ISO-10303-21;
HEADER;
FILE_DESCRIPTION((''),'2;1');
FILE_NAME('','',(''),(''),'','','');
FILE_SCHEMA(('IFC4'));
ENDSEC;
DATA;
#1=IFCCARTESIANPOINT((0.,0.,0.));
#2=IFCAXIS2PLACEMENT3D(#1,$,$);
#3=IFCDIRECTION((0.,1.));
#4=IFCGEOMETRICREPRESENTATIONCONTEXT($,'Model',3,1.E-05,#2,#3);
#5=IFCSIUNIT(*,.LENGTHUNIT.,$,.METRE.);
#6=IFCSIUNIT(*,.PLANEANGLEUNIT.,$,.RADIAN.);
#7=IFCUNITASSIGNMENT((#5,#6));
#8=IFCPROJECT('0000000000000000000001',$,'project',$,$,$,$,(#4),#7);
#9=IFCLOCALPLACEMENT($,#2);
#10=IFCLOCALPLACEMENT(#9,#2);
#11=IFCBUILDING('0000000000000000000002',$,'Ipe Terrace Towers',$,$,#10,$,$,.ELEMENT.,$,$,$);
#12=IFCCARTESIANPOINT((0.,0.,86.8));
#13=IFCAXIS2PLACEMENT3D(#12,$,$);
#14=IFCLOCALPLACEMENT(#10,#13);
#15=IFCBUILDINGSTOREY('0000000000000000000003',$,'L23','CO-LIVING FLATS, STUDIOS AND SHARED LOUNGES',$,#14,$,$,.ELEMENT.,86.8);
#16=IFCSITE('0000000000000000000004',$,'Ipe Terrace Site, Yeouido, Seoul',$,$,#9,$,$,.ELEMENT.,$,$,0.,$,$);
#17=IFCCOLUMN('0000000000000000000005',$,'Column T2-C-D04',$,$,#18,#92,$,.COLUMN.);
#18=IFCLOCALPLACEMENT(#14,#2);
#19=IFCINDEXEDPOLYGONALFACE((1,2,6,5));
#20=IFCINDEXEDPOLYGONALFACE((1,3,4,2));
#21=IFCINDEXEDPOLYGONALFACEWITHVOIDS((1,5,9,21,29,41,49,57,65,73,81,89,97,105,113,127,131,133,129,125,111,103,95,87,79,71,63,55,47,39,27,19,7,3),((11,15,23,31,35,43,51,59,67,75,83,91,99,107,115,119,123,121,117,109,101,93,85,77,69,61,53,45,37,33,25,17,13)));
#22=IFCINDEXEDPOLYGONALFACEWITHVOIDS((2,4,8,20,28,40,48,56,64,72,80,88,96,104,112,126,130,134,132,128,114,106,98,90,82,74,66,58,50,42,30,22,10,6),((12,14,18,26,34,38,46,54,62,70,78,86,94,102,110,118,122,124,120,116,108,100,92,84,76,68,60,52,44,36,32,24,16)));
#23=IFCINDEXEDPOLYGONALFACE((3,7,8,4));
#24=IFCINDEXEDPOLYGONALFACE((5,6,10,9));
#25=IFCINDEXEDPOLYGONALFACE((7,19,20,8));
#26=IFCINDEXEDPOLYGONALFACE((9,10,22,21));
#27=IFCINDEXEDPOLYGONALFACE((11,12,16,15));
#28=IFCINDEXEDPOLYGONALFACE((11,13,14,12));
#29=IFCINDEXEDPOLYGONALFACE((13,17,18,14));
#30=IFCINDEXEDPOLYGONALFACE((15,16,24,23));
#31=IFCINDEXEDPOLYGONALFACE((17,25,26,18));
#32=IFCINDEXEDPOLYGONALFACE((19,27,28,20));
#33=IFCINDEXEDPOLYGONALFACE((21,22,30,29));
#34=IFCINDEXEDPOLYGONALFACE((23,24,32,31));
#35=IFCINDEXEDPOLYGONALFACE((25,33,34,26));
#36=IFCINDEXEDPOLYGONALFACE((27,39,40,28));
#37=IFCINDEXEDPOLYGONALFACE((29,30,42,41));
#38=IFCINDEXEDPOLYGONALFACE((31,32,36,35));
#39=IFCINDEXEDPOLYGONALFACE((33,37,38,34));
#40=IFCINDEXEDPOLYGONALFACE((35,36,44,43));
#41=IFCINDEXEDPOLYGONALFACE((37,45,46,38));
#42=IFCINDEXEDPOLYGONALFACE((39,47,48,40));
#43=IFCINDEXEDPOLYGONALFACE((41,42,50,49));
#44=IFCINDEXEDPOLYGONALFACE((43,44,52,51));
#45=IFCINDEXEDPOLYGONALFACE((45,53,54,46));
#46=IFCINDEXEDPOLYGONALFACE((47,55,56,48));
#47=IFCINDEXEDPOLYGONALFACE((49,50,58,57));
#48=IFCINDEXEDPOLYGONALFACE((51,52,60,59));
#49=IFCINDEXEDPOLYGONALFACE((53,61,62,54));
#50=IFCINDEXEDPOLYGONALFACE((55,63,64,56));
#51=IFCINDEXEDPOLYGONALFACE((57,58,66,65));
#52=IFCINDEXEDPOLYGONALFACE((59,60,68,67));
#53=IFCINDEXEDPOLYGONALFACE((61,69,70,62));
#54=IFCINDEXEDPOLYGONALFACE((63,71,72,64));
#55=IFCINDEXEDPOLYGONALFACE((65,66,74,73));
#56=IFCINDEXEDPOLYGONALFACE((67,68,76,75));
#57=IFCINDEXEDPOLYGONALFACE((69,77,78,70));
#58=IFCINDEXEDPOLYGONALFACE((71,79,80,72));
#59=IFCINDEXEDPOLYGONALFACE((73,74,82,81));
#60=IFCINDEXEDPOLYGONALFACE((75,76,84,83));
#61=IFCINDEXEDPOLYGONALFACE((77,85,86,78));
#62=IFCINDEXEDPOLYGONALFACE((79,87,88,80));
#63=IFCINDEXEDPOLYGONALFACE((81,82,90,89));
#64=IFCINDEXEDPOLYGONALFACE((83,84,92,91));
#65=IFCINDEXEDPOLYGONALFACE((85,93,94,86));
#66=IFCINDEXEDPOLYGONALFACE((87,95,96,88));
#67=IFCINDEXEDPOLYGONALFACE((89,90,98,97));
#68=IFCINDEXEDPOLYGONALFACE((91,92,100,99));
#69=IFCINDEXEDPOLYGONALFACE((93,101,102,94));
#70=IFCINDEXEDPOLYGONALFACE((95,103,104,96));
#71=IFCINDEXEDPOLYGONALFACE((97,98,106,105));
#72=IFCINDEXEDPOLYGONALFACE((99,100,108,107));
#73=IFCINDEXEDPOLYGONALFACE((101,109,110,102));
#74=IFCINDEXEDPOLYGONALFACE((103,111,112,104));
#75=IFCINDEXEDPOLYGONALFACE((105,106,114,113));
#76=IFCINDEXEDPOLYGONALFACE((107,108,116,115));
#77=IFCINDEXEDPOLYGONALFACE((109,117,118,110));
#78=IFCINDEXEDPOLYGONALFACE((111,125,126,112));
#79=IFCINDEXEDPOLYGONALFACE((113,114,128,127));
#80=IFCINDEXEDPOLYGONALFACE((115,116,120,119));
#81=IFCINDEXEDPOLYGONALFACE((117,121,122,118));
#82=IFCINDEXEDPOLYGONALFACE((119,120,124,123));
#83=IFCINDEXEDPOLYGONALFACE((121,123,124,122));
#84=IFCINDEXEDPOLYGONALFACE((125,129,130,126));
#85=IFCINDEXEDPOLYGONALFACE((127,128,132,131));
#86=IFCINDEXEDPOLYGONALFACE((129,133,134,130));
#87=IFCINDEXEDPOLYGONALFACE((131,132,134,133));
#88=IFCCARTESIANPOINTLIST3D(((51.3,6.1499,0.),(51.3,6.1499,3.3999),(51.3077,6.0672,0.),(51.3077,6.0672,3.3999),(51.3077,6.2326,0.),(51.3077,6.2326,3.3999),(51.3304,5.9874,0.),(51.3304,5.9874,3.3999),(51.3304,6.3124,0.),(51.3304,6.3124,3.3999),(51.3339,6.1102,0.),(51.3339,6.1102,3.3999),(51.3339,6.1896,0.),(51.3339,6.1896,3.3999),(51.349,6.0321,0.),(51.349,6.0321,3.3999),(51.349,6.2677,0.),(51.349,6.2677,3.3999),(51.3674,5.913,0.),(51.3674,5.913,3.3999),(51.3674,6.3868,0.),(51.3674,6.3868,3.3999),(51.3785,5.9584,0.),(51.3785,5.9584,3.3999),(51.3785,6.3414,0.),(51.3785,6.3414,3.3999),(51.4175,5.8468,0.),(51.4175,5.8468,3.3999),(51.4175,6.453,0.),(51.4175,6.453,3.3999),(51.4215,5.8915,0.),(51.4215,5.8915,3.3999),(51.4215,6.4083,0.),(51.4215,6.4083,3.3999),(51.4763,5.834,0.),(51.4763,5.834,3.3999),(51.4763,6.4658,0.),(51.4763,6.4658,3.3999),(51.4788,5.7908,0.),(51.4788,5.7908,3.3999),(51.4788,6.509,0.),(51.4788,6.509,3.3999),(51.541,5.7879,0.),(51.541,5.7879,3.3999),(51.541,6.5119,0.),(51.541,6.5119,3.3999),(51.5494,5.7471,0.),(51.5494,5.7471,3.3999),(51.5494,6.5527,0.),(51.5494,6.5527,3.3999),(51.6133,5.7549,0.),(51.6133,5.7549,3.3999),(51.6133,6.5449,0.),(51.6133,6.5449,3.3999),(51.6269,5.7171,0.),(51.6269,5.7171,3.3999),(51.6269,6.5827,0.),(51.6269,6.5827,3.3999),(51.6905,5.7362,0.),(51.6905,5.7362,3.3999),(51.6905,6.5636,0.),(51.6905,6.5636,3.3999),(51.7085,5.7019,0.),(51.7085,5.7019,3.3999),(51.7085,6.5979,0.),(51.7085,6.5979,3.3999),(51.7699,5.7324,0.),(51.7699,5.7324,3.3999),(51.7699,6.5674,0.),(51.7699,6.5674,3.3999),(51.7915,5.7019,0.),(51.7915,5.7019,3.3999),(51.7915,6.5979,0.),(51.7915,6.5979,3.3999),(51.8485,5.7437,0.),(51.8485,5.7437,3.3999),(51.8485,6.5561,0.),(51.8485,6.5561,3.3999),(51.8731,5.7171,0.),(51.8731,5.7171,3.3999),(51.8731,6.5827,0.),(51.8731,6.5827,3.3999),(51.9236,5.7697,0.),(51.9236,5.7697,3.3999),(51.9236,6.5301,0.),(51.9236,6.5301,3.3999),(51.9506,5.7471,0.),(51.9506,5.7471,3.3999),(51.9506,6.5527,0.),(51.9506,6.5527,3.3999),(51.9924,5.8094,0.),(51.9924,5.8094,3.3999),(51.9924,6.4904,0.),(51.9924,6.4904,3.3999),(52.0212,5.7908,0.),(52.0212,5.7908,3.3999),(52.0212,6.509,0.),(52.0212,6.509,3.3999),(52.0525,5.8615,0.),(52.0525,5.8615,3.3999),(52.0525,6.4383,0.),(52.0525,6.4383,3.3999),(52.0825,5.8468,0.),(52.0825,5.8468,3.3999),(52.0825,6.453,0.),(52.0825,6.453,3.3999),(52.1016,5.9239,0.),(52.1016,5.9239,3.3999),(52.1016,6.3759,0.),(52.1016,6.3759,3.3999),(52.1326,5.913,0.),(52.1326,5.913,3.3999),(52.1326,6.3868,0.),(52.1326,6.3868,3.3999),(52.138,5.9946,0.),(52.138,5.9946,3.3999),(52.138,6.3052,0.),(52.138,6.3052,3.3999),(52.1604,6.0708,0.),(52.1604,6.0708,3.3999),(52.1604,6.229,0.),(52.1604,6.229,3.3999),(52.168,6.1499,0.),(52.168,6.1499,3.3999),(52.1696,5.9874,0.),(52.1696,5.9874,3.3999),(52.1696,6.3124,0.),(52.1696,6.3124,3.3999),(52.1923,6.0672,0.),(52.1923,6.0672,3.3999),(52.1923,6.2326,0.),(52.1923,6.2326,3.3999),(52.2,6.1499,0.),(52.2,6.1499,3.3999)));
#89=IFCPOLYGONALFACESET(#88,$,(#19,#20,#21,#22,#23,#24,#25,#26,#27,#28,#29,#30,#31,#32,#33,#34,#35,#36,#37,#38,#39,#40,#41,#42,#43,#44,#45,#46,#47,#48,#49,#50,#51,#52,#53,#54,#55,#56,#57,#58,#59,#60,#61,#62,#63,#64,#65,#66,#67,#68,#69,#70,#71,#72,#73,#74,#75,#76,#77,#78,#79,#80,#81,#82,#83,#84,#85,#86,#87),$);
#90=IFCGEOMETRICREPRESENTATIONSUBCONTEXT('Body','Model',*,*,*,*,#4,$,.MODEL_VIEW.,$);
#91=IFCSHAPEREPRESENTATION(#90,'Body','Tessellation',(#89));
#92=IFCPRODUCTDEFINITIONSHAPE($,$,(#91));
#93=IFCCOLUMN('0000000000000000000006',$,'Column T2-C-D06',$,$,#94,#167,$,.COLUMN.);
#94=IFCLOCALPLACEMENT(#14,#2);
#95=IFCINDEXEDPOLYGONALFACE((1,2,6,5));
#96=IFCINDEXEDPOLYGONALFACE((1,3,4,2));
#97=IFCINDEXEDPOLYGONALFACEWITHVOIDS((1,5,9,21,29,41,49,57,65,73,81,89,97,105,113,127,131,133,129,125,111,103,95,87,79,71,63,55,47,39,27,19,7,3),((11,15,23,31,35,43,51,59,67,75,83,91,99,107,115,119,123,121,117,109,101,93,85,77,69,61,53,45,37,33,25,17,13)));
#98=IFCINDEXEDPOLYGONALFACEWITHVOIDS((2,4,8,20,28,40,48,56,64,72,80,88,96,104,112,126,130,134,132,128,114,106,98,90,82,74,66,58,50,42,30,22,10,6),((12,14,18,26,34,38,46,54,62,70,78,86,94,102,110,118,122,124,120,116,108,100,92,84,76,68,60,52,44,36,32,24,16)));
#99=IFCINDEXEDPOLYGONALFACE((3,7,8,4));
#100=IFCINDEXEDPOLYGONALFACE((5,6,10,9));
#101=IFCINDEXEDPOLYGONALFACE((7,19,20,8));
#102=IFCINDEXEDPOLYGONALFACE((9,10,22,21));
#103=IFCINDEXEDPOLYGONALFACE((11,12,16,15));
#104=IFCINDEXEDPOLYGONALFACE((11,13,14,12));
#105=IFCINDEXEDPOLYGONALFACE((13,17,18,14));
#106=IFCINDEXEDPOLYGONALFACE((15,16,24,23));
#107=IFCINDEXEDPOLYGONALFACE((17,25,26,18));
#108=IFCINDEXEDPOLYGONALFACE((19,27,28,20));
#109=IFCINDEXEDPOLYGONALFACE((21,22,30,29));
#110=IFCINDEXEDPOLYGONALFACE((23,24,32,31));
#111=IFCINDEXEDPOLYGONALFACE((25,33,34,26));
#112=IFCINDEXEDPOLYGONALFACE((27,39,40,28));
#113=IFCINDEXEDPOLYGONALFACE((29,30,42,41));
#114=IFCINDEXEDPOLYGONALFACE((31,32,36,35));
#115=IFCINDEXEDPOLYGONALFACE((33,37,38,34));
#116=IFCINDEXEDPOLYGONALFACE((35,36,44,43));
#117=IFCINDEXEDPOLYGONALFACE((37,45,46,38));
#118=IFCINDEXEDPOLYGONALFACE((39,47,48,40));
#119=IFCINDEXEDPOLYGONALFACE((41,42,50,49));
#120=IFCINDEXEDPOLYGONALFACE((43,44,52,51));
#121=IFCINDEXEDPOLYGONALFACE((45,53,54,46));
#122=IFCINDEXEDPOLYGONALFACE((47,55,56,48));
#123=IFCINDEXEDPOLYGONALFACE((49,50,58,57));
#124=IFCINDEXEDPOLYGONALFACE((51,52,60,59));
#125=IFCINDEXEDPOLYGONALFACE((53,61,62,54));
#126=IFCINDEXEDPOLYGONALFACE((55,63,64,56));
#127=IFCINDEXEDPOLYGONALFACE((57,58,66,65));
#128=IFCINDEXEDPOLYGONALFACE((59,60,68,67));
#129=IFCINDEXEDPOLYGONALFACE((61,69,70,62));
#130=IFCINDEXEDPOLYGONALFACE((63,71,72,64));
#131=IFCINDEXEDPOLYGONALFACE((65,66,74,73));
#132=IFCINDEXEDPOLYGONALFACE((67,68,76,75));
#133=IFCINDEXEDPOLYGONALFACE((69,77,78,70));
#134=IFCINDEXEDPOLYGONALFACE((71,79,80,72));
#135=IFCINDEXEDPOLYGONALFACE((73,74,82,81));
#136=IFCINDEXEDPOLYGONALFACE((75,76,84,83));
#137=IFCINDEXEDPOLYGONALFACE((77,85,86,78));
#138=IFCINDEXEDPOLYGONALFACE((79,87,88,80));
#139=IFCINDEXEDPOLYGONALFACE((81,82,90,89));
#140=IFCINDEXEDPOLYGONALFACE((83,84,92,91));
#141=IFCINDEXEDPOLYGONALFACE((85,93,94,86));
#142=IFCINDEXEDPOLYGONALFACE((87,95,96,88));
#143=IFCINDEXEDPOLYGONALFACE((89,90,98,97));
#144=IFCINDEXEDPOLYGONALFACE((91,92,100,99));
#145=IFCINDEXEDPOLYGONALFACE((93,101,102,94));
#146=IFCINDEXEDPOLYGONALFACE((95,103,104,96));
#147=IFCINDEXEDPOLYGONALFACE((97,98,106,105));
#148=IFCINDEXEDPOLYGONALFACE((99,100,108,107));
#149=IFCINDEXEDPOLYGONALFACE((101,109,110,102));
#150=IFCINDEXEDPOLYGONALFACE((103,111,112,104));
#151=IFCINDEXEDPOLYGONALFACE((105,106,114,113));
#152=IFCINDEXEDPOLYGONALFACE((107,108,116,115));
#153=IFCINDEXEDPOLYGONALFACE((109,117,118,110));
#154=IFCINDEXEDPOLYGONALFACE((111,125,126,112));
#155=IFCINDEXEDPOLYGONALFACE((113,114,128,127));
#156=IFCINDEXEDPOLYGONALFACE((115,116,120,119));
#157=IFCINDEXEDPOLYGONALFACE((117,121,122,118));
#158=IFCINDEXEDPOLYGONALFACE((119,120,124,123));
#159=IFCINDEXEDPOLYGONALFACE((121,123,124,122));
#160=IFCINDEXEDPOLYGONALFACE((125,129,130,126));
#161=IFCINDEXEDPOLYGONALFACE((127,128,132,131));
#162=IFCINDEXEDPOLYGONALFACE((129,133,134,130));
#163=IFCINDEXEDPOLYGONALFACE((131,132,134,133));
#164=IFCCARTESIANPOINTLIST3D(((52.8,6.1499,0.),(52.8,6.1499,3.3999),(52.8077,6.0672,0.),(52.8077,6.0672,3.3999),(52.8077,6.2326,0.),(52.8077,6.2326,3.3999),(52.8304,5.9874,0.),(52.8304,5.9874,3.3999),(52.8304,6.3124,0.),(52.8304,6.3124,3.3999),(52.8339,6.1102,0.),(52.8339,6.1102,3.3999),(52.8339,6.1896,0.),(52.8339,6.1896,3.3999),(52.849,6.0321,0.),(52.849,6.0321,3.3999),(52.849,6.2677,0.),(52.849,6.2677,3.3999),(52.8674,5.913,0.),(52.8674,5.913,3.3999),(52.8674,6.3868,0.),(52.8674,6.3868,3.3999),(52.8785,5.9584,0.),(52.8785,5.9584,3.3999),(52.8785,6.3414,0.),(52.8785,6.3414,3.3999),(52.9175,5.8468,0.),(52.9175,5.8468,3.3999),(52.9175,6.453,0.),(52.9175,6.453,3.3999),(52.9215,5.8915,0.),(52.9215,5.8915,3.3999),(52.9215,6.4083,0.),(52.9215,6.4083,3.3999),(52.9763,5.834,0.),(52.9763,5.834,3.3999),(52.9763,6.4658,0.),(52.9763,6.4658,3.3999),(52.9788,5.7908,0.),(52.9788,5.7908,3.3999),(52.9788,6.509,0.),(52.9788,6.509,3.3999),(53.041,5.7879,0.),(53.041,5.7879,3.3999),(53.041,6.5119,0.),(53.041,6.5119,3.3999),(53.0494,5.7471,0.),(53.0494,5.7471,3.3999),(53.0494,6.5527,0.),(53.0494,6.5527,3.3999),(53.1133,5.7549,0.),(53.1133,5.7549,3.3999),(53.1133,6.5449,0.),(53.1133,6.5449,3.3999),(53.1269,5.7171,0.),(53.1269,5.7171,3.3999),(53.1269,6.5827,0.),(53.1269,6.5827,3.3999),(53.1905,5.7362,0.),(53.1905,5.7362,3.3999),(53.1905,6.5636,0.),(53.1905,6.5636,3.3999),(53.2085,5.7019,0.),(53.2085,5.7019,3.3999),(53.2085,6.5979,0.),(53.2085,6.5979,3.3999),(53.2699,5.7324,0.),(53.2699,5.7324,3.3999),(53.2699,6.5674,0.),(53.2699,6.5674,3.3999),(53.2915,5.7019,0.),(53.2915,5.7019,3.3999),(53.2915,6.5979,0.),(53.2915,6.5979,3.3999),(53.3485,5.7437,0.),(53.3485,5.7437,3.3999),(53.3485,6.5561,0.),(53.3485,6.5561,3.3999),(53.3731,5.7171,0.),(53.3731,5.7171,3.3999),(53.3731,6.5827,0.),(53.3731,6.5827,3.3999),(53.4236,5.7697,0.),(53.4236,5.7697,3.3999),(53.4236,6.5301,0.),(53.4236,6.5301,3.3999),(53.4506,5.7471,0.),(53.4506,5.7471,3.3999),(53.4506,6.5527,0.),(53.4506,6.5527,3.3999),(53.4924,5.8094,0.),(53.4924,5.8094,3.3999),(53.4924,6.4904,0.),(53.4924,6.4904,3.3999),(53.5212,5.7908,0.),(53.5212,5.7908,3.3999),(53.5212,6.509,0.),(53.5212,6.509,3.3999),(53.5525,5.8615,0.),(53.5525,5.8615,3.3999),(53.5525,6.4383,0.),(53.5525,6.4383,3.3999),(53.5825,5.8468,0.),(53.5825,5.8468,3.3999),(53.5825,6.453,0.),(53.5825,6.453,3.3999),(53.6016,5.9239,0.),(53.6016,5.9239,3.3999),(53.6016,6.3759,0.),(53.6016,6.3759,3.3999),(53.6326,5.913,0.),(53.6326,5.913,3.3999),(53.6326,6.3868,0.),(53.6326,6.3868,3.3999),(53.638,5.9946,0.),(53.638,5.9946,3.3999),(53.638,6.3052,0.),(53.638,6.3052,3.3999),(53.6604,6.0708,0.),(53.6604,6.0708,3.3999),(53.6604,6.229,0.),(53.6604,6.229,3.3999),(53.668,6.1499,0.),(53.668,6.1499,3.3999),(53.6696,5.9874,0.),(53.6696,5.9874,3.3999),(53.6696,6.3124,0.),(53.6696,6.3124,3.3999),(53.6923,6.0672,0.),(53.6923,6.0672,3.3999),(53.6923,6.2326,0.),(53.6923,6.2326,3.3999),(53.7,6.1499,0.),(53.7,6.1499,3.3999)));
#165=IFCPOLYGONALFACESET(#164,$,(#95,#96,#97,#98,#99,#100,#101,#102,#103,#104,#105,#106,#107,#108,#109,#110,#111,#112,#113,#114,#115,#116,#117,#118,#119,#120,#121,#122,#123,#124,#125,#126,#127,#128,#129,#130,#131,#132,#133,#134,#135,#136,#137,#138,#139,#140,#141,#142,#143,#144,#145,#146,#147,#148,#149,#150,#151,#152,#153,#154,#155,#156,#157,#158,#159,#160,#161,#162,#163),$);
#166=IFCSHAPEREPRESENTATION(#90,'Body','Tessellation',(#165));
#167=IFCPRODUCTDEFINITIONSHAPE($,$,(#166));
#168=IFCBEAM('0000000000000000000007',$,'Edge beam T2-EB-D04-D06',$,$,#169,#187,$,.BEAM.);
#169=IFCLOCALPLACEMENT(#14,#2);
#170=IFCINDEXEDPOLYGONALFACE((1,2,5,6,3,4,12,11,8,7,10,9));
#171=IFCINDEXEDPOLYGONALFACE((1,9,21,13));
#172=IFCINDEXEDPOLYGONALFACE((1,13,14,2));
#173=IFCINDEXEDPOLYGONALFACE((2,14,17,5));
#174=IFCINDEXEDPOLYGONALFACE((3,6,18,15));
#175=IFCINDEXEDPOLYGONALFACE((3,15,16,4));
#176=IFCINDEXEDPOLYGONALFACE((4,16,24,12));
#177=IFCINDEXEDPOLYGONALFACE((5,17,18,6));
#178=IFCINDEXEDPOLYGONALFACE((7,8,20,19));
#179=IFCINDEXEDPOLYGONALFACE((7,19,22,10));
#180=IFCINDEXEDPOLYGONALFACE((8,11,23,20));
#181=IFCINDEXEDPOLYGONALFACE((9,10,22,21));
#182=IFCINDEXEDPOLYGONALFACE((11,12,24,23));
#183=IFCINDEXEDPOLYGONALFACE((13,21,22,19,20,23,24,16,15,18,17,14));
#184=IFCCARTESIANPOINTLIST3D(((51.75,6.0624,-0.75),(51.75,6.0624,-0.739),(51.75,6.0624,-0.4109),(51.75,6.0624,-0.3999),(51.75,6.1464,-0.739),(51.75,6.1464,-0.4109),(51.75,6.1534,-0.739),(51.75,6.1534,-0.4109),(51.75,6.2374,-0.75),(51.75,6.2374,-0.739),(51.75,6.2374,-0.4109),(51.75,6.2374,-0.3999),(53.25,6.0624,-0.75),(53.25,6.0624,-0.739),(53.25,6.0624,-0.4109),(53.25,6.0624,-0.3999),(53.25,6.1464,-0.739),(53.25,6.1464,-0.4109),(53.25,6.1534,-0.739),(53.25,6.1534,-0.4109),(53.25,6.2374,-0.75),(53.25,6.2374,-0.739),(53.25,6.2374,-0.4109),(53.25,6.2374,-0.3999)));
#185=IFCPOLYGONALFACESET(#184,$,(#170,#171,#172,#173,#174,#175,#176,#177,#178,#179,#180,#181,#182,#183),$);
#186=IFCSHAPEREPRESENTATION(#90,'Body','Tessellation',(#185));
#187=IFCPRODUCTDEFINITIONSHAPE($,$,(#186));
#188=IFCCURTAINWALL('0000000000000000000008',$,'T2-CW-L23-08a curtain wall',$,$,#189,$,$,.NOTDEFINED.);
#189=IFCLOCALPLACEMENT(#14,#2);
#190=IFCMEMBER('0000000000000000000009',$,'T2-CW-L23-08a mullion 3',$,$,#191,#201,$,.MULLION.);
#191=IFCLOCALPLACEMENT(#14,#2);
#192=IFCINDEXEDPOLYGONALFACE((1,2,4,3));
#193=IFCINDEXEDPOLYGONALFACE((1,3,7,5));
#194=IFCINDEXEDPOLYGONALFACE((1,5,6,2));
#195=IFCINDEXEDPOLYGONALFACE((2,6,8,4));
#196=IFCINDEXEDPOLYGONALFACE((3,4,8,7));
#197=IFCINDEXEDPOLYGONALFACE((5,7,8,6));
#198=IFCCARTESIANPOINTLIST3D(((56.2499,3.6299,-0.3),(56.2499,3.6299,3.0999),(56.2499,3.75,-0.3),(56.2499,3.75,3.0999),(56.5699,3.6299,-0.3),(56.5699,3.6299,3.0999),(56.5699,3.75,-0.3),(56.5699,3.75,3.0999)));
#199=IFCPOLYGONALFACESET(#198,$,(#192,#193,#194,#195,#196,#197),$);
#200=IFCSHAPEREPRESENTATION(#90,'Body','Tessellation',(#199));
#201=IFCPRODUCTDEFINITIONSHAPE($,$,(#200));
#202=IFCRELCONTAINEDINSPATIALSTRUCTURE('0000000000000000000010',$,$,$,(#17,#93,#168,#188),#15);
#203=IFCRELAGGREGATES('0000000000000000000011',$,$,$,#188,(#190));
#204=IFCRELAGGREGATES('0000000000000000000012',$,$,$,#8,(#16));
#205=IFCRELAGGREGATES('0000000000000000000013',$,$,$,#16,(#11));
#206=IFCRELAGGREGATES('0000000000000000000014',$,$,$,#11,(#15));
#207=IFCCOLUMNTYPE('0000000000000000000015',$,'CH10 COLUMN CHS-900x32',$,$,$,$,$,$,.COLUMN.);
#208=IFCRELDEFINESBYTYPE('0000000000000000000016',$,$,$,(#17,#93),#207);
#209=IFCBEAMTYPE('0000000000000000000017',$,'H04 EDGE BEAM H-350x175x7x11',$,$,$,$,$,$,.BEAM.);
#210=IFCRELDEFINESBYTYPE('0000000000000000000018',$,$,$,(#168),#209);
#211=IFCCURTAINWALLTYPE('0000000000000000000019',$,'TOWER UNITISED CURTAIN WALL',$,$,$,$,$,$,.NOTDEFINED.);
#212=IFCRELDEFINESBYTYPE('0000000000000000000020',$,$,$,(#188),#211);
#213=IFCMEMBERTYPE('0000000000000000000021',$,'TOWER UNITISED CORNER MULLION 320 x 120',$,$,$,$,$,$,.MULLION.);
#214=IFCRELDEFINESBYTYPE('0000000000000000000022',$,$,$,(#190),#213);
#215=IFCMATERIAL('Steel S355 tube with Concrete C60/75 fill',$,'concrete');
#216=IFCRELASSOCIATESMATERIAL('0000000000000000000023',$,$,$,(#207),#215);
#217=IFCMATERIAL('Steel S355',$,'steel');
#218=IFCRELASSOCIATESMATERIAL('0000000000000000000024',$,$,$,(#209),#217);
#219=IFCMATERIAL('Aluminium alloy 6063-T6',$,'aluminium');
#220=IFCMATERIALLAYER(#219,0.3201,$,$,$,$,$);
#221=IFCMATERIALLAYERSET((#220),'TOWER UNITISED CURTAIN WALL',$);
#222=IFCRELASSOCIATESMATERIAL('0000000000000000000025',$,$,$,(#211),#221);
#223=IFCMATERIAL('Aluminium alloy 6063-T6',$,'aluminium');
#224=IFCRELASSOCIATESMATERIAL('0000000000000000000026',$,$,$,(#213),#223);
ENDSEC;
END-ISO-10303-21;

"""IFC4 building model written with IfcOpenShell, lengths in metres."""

from ifc_helpers import new_model, si_unit, direction, frame, origin, origin_2d, place, context, subcontext, project, spatial, rectangle, hollow_circle, i_section, extrude, material, layer, layer_set, material_profile, profile_set, type_object, element, aggregate, save


model = new_model("IFC4")

# Units and contexts
model_context = context("Model", 3, precision=1e-05, world=origin(), true_north=direction((0.0, 1.0)))
body_context = subcontext(model_context, "Body", "Model", "MODEL_VIEW")
ifc_project = project(units=[si_unit("LENGTHUNIT", "METRE"), si_unit("PLANEANGLEUNIT", "RADIAN")], contexts=[model_context])

# Site, building, storey
site_placement = place(None, origin())
site = spatial("IfcSite", under=ifc_project, at=site_placement, Name="Ipe Terrace Site, Yeouido, Seoul", CompositionType="ELEMENT", RefElevation=0.0)
building_placement = place(site_placement, origin())
building = spatial("IfcBuilding", under=site, at=building_placement, Name="Ipe Terrace Towers", CompositionType="ELEMENT")
storey_placement = place(building_placement, frame((0.0, 0.0, 86.8)))
storey = spatial("IfcBuildingStorey", under=building, at=storey_placement, Name="L23", Description="CO-LIVING FLATS, STUDIOS AND SHARED LOUNGES", CompositionType="ELEMENT", Elevation=86.8)

# Columns
ifc_material_1 = material(Name="Steel S355 tube with Concrete C60/75 fill", Category="concrete")
ifc_material_profile_1 = material_profile(ifc_material_1, hollow_circle(Radius=0.45, WallThickness=0.032, at=origin_2d()), Name="CHS-900x32")
ifc_profile_set_1 = profile_set([ifc_material_profile_1], Name="Steel S355 tube with Concrete C60/75 fill")
column_type = type_object("IfcColumnType", Name="CH10 COLUMN CHS-900x32", PredefinedType="COLUMN", material=ifc_profile_set_1)
for number, where, z_axis, x_axis, name in (
    (1, (51.75, 6.1499, 0.0), (0.0, 0.0, 1.0), (1.0, 0.0, 0.0), "Column T2-C-D04"),
    (2, (53.25, 6.1499, 0.0), (0.0, 0.0, 1.0), (1.0, 0.0, 0.0), "Column T2-C-D06"),
):
    element("IfcColumn", number, at=place(storey_placement, frame(where, z_axis=z_axis, x_axis=x_axis)), inside=storey, type_object=column_type, Name=name, PredefinedType="COLUMN", context=body_context, shape_type="SweptSolid", body=[
        extrude(hollow_circle(Radius=0.45, WallThickness=0.032, at=origin_2d()), origin(), (0.0, 0.0, 1.0), 3.3999),
    ])

# Beam
ifc_material_2 = material(Name="Steel S355", Category="steel")
ifc_material_profile_2 = material_profile(ifc_material_2, i_section(OverallWidth=0.175, OverallDepth=0.3501, WebThickness=0.0071, FlangeThickness=0.011, at=origin_2d()), Name="H-350x175x7x11")
ifc_profile_set_2 = profile_set([ifc_material_profile_2], Name="Steel S355")
beam_type = type_object("IfcBeamType", Name="H04 EDGE BEAM H-350x175x7x11", PredefinedType="BEAM", material=ifc_profile_set_2)
beam_placement = place(storey_placement, frame((51.75, 6.1499, -0.575), z_axis=(1.0, 0.0, 0.0), x_axis=(0.0, 1.0, 0.0)))
element("IfcBeam", 3, at=beam_placement, inside=storey, type_object=beam_type, Name="Edge beam T2-EB-D04-D06", PredefinedType="BEAM", context=body_context, shape_type="SweptSolid", body=[
    extrude(i_section(OverallWidth=0.175, OverallDepth=0.3501, WebThickness=0.0071, FlangeThickness=0.011, at=origin_2d()), origin(), (0.0, 0.0, 1.0), 1.5),
])

# Curtain wall, member
ifc_material_3 = material(Name="Aluminium alloy 6063-T6", Category="aluminium")
ifc_layer_1 = layer(ifc_material_3, 0.3201)
ifc_layer_set_1 = layer_set([ifc_layer_1], Name="TOWER UNITISED CURTAIN WALL")
curtain_wall_type = type_object("IfcCurtainWallType", Name="TOWER UNITISED CURTAIN WALL", PredefinedType="NOTDEFINED", material=ifc_layer_set_1)
curtain_wall_1_placement = place(storey_placement, origin())
curtain_wall_1 = element("IfcCurtainWall", 4, at=curtain_wall_1_placement, inside=storey, type_object=curtain_wall_type, Name="T2-CW-L23-08a curtain wall", PredefinedType="NOTDEFINED")
ifc_material_4 = material(Name="Aluminium alloy 6063-T6", Category="aluminium")
ifc_material_profile_3 = material_profile(ifc_material_4, rectangle(XDim=0.3201, YDim=0.1201, at=origin_2d()), Name="TOWER UNITISED CORNER MULLION 320 x 120")
ifc_profile_set_3 = profile_set([ifc_material_profile_3], Name="Aluminium alloy 6063-T6")
member_type = type_object("IfcMemberType", Name="TOWER UNITISED CORNER MULLION 320 x 120", PredefinedType="MULLION", material=ifc_profile_set_3)
member_1_placement = place(storey_placement, frame((56.4099, 3.6899, -0.3), z_axis=(0.0, 0.0, 1.0), x_axis=(1.0, 0.0, 0.0)))
member_1 = element("IfcMember", 5, at=member_1_placement, type_object=member_type, Name="T2-CW-L23-08a mullion 3", PredefinedType="MULLION", context=body_context, shape_type="SweptSolid", body=[
    extrude(rectangle(XDim=0.3201, YDim=0.1201, at=origin_2d()), origin(), (0.0, 0.0, 1.0), 3.3999),
])

aggregate(curtain_wall_1, [member_1])

save(model, "model.ifc")
